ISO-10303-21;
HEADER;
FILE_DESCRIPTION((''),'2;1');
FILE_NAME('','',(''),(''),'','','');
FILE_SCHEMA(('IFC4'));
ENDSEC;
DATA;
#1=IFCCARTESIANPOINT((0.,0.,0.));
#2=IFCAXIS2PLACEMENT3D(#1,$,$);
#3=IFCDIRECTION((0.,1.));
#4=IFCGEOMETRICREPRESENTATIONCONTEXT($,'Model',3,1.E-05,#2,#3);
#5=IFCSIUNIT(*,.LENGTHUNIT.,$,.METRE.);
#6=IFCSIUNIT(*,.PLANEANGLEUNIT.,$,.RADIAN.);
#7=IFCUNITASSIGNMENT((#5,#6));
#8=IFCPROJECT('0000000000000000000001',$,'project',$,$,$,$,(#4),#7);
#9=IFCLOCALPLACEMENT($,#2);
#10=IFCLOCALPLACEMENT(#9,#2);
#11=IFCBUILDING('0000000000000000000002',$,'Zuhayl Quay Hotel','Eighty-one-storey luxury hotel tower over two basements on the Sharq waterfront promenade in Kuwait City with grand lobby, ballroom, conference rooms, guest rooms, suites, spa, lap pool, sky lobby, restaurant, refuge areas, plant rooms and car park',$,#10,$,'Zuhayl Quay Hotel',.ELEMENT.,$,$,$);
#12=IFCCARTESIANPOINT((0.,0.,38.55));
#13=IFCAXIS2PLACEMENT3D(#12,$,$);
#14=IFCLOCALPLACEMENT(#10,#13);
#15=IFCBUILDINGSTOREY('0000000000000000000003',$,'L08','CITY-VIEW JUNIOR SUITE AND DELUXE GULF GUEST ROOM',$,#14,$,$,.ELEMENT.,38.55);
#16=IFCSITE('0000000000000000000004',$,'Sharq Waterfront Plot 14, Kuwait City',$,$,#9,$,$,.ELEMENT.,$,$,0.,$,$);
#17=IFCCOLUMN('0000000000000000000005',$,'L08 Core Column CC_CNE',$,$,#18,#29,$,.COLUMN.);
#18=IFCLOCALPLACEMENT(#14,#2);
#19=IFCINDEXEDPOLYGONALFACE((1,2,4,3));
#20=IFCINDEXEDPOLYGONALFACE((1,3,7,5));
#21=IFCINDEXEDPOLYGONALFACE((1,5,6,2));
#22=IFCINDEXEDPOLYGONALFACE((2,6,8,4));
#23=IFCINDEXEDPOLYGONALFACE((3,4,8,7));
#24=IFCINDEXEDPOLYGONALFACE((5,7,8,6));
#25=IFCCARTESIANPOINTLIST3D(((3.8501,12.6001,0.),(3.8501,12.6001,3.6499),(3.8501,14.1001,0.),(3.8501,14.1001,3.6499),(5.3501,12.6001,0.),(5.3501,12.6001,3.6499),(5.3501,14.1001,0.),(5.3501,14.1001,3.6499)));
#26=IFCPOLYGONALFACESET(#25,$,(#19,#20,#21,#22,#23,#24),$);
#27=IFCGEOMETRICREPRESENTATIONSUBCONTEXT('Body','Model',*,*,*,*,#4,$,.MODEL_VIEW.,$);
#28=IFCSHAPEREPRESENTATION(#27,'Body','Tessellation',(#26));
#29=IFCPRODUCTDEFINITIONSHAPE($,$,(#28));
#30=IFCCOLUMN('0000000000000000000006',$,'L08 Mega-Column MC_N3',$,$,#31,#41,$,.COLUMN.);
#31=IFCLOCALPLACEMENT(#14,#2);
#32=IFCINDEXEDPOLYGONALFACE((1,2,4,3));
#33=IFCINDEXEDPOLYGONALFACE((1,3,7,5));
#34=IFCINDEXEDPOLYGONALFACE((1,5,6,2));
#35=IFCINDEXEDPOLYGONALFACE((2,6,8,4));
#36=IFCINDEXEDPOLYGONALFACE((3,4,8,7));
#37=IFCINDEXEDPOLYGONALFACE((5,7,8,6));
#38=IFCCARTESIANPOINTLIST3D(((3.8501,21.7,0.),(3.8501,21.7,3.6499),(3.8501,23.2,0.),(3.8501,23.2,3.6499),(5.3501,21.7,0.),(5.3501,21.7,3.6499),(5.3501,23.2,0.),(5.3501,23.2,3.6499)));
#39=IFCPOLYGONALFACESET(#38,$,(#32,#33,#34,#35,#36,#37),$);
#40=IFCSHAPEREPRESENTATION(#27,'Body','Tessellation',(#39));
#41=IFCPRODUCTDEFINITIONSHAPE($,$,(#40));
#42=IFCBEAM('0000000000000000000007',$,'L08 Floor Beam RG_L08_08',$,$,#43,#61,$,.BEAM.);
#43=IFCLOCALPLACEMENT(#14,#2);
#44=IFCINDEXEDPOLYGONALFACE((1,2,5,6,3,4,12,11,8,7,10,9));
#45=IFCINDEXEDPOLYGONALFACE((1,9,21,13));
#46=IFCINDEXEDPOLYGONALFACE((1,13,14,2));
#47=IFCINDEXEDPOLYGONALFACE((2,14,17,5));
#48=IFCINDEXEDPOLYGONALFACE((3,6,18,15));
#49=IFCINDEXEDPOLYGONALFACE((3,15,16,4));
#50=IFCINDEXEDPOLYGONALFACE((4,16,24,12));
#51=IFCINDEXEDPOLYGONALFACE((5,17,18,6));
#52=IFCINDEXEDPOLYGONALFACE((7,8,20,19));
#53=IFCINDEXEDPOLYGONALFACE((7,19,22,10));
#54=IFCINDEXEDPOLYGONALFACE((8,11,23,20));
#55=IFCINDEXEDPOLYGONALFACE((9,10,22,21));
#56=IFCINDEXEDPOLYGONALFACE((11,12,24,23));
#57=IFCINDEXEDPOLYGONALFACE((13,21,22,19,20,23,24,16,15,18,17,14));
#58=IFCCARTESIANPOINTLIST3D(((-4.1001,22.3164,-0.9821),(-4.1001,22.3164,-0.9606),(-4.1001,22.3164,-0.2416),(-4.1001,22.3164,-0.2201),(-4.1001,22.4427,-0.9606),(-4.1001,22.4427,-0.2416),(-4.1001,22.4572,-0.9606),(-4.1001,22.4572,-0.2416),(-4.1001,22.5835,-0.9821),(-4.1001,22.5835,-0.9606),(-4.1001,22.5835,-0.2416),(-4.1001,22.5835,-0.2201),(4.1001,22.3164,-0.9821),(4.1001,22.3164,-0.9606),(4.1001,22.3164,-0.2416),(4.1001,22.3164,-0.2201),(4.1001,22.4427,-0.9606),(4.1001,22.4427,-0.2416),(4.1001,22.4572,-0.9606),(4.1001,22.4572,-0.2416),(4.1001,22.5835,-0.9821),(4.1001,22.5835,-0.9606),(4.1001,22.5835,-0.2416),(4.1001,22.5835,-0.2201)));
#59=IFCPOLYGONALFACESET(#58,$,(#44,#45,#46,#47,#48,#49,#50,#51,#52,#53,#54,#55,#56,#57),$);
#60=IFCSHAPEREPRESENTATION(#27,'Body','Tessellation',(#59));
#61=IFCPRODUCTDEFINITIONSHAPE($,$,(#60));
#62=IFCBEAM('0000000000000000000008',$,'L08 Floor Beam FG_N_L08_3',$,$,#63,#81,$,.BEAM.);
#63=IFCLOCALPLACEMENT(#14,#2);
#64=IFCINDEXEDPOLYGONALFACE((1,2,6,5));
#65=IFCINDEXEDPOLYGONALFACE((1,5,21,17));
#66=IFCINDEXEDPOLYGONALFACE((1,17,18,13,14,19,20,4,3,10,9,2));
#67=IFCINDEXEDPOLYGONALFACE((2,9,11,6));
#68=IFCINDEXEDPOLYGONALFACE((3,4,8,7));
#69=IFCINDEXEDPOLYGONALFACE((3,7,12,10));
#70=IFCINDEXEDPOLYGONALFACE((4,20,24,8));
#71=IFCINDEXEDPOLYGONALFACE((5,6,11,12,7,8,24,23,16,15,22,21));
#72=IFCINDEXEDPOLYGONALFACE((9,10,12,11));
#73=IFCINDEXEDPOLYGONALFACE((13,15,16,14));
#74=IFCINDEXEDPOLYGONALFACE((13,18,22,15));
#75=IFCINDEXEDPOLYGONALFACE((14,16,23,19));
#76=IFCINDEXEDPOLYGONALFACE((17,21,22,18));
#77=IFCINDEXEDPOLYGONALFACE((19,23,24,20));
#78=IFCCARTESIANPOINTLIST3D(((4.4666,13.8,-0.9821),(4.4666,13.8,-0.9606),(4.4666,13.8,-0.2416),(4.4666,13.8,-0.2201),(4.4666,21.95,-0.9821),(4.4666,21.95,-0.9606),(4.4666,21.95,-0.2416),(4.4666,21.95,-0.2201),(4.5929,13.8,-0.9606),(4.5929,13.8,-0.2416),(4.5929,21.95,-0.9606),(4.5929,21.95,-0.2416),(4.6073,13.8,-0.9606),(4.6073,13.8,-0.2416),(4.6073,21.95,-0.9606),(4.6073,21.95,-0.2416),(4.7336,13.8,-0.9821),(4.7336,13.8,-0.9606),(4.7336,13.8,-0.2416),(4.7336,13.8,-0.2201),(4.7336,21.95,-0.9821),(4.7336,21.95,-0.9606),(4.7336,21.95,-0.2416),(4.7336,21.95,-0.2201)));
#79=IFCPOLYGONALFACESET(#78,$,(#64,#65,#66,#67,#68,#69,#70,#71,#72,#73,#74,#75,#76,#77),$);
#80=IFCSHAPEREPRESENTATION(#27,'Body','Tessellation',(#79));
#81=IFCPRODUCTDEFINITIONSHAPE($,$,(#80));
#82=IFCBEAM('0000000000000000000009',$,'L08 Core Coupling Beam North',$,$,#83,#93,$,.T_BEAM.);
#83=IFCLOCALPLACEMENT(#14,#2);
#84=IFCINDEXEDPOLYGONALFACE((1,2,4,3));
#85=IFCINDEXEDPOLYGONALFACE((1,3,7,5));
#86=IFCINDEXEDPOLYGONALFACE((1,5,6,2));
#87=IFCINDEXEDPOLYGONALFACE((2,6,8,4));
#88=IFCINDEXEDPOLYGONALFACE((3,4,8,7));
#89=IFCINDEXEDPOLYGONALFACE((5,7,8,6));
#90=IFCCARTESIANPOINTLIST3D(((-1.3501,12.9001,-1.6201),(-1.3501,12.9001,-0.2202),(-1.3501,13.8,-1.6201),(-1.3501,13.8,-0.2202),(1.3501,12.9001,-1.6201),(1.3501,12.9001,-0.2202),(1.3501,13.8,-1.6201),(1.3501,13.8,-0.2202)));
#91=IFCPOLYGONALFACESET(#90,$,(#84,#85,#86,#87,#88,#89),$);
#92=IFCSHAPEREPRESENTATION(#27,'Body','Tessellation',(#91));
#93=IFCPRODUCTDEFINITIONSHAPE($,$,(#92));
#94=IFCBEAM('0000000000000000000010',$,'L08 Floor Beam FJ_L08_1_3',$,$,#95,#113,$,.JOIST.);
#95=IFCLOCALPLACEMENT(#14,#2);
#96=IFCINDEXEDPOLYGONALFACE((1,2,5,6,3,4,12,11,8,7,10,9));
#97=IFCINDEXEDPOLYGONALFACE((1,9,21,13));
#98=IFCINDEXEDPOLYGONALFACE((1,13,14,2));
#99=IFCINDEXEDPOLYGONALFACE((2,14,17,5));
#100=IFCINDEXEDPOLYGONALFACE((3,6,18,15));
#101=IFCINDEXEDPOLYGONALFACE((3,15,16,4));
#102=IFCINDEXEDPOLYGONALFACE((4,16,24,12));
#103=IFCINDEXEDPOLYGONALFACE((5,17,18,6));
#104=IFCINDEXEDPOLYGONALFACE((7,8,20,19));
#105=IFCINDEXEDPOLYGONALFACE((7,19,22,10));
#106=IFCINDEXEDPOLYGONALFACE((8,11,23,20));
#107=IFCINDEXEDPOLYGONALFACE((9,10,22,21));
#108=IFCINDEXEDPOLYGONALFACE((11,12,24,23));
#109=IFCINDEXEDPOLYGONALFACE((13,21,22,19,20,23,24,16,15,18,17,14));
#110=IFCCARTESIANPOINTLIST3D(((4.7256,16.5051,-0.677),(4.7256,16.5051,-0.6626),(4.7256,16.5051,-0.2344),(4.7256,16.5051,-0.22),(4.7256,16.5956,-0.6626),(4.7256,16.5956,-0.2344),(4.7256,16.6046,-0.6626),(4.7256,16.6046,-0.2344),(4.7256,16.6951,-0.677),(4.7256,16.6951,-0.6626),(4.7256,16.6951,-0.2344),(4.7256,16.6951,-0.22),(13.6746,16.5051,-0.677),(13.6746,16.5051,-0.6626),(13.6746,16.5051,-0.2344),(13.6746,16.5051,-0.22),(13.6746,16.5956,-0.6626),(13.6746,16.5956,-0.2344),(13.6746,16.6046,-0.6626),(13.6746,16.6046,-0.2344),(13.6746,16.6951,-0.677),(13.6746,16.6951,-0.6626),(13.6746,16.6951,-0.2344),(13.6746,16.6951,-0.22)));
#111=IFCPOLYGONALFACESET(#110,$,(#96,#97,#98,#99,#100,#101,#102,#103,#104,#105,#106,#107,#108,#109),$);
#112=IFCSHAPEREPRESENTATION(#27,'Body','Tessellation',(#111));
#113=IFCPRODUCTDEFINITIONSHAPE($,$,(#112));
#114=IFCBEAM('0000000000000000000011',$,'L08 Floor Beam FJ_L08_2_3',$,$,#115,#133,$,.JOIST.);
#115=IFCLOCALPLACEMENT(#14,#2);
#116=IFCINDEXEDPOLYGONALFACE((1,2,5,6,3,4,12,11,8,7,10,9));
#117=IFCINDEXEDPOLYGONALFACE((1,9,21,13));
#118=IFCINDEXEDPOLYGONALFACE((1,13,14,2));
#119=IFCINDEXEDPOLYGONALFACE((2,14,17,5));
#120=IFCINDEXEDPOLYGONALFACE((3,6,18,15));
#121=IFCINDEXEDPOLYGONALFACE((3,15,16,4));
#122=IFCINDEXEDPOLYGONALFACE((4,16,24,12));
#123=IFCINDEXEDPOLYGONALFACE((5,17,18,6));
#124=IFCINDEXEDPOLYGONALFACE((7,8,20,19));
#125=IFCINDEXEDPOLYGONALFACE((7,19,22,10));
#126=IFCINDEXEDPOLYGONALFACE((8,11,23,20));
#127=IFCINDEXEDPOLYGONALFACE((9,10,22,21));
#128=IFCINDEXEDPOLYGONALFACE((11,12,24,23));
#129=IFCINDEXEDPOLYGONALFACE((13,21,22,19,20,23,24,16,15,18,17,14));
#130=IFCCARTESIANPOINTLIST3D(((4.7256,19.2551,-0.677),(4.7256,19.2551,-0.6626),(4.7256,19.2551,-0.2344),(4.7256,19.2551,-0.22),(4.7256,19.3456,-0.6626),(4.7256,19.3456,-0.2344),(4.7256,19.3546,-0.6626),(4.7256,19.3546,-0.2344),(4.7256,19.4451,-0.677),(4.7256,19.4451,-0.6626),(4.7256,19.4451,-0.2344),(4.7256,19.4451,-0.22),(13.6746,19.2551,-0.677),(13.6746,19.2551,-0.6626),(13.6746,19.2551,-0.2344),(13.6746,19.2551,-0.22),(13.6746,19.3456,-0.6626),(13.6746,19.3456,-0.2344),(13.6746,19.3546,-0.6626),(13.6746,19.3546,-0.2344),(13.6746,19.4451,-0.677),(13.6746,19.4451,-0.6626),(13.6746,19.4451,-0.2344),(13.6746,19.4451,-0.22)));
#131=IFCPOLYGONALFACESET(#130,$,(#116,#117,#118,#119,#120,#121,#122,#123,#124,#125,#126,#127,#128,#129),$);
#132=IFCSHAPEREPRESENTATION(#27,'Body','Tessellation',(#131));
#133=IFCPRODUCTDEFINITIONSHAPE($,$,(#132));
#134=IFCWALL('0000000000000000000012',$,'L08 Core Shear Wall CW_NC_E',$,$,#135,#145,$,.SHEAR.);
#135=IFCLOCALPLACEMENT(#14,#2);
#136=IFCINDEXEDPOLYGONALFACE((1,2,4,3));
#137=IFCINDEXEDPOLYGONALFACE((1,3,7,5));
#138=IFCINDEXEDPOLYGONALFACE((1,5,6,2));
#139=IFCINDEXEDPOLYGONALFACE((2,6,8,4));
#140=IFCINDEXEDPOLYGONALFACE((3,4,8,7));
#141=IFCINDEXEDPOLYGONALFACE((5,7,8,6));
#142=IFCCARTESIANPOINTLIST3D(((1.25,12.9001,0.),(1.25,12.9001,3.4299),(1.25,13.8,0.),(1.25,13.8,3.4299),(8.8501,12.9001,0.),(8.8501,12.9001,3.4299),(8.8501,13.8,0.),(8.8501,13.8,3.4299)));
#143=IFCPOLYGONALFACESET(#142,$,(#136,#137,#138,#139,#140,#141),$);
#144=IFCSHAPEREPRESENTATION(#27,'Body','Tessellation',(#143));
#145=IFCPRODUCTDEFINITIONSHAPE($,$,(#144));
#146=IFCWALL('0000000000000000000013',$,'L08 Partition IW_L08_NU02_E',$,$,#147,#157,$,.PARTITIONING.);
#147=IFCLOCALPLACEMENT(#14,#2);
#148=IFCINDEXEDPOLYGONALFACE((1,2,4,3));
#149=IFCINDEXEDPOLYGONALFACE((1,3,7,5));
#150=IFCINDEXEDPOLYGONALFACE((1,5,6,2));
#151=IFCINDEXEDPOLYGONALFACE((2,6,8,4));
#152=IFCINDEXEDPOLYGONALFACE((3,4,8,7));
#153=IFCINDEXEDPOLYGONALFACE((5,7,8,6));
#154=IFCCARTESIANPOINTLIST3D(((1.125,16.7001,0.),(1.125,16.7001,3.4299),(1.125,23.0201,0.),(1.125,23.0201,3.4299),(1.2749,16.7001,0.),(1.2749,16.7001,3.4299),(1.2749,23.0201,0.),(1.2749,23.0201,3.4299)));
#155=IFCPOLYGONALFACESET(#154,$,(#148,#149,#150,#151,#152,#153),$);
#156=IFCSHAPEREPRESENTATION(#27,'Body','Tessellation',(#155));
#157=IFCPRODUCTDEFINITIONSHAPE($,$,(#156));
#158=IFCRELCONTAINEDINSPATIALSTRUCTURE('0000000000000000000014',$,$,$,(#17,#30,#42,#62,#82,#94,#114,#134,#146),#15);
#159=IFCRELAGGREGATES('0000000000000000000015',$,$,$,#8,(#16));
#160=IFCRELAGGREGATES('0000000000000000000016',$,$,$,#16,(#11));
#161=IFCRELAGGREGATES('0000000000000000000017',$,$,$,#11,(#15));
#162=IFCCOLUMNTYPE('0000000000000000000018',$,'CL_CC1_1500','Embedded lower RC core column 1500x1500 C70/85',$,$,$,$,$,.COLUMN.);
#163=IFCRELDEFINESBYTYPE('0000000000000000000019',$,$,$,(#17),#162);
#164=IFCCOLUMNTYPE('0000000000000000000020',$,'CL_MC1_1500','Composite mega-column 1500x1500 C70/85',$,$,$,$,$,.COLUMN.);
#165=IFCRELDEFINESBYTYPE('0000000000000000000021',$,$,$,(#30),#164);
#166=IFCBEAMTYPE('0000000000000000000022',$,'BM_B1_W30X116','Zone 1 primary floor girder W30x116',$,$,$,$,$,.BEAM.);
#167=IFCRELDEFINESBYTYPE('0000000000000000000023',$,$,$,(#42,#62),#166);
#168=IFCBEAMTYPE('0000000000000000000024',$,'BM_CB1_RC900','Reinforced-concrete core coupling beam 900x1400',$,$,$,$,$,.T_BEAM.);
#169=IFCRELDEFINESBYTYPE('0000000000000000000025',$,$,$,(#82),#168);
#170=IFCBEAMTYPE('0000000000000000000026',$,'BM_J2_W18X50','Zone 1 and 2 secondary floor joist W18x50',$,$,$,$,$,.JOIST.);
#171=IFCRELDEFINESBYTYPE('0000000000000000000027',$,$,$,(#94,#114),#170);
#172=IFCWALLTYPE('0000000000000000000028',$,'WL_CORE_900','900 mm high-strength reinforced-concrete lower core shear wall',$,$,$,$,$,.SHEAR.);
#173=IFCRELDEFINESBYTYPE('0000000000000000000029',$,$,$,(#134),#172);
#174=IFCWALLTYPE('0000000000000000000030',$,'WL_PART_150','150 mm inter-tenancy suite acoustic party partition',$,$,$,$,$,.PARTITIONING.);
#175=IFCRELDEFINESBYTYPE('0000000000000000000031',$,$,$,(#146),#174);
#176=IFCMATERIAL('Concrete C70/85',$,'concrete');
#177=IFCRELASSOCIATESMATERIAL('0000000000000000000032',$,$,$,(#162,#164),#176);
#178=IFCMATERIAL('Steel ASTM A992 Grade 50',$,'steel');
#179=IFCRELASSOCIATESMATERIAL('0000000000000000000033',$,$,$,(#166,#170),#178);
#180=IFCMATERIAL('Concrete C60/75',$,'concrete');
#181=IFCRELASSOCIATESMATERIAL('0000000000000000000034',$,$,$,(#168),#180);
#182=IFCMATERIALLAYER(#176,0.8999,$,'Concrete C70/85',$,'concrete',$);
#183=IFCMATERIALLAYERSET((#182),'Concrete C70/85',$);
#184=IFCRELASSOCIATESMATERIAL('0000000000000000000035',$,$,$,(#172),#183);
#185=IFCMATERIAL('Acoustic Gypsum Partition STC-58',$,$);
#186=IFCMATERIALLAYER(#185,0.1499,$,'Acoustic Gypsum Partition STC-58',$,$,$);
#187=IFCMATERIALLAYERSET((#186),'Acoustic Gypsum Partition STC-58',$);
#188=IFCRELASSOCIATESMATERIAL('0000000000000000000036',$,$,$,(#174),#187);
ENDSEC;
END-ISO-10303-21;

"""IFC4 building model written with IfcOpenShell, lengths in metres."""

from ifc_helpers import new_model, si_unit, direction, frame, frame_2d, origin, origin_2d, place, context, subcontext, project, spatial, rectangle, i_section, extrude, material, layer, layer_set, material_profile, profile_set, type_object, element, save


model = new_model("IFC4")

# Units and contexts
model_context = context("Model", 3, precision=1e-05, world=origin(), true_north=direction((0.0, 1.0)))
body_context = subcontext(model_context, "Body", "Model", "MODEL_VIEW")
ifc_project = project(units=[si_unit("LENGTHUNIT", "METRE"), si_unit("PLANEANGLEUNIT", "RADIAN")], contexts=[model_context])

# Site, building, storey
site_placement = place(None, origin())
site = spatial("IfcSite", under=ifc_project, at=site_placement, Name="Sharq Waterfront Plot 14, Kuwait City", CompositionType="ELEMENT", RefElevation=0.0)
building_placement = place(site_placement, origin())
building = spatial("IfcBuilding", under=site, at=building_placement, Name="Zuhayl Quay Hotel", Description="Eighty-one-storey luxury hotel tower over two basements on the Sharq waterfront promenade in Kuwait City with grand lobby, ballroom, conference rooms, guest rooms, suites, spa, lap pool, sky lobby, restaurant, refuge areas, plant rooms and car park", LongName="Zuhayl Quay Hotel", CompositionType="ELEMENT")
storey_placement = place(building_placement, frame((0.0, 0.0, 38.55)))
storey = spatial("IfcBuildingStorey", under=building, at=storey_placement, Name="L08", Description="CITY-VIEW JUNIOR SUITE AND DELUXE GULF GUEST ROOM", CompositionType="ELEMENT", Elevation=38.55)

# Columns
ifc_material_1 = material(Name="Concrete C70/85", Category="concrete")
ifc_material_profile_1 = material_profile(ifc_material_1, rectangle(XDim=1.5, YDim=1.5, at=origin_2d()), Name="RC1500X1500")
ifc_profile_set_1 = profile_set([ifc_material_profile_1], Name="Concrete C70/85")
column_type_1 = type_object("IfcColumnType", Name="CL_CC1_1500", Description="Embedded lower RC core column 1500x1500 C70/85", PredefinedType="COLUMN", material=ifc_profile_set_1)
column_1_placement = place(storey_placement, frame((4.6001, 13.3501, 0.0), z_axis=(0.0, 0.0, 1.0), x_axis=(1.0, 0.0, 0.0)))
element("IfcColumn", 1, at=column_1_placement, inside=storey, type_object=column_type_1, Name="L08 Core Column CC_CNE", PredefinedType="COLUMN", context=body_context, shape_type="SweptSolid", body=[
    extrude(rectangle(XDim=1.5, YDim=1.5, at=origin_2d()), origin(), (0.0, 0.0, 1.0), 3.6499),
])
ifc_material_profile_2 = material_profile(ifc_material_1, rectangle(XDim=1.5, YDim=1.5, at=origin_2d()), Name="RC1500X1500")
ifc_profile_set_2 = profile_set([ifc_material_profile_2], Name="Concrete C70/85")
column_type_2 = type_object("IfcColumnType", Name="CL_MC1_1500", Description="Composite mega-column 1500x1500 C70/85", PredefinedType="COLUMN", material=ifc_profile_set_2)
column_2_placement = place(storey_placement, frame((4.6001, 22.45, 0.0), z_axis=(0.0, 0.0, 1.0), x_axis=(1.0, 0.0, 0.0)))
element("IfcColumn", 2, at=column_2_placement, inside=storey, type_object=column_type_2, Name="L08 Mega-Column MC_N3", PredefinedType="COLUMN", context=body_context, shape_type="SweptSolid", body=[
    extrude(rectangle(XDim=1.5, YDim=1.5, at=origin_2d()), origin(), (0.0, 0.0, 1.0), 3.6499),
])

# Beams
ifc_material_2 = material(Name="Steel ASTM A992 Grade 50", Category="steel")
ifc_material_profile_3 = material_profile(ifc_material_2, i_section(OverallWidth=0.2671, OverallDepth=0.762, WebThickness=0.0144, FlangeThickness=0.0215, at=origin_2d()), Name="W30X116")
ifc_profile_set_3 = profile_set([ifc_material_profile_3], Name="Steel ASTM A992 Grade 50")
beam_type_1 = type_object("IfcBeamType", Name="BM_B1_W30X116", Description="Zone 1 primary floor girder W30x116", PredefinedType="BEAM", material=ifc_profile_set_3)
beam_1_placement = place(storey_placement, frame((4.1001, 22.45, -0.6011), z_axis=(-1.0, 0.0, 0.0), x_axis=(0.0, -1.0, 0.0)))
element("IfcBeam", 3, at=beam_1_placement, inside=storey, type_object=beam_type_1, Name="L08 Floor Beam RG_L08_08", PredefinedType="BEAM", context=body_context, shape_type="SweptSolid", body=[
    extrude(i_section(OverallWidth=0.2671, OverallDepth=0.762, WebThickness=0.0144, FlangeThickness=0.0215, at=origin_2d()), origin(), (0.0, 0.0, 1.0), 8.2002),
])
beam_2_placement = place(storey_placement, frame((4.6001, 13.8, -0.6011), z_axis=(0.0, 1.0, 0.0), x_axis=(-1.0, 0.0, 0.0)))
element("IfcBeam", 4, at=beam_2_placement, inside=storey, type_object=beam_type_1, Name="L08 Floor Beam FG_N_L08_3", PredefinedType="BEAM", context=body_context, shape_type="SweptSolid", body=[
    extrude(i_section(OverallWidth=0.2671, OverallDepth=0.762, WebThickness=0.0144, FlangeThickness=0.0215, at=origin_2d()), origin(), (0.0, 0.0, 1.0), 8.1499),
])
ifc_material_3 = material(Name="Concrete C60/75", Category="concrete")
ifc_material_profile_4 = material_profile(ifc_material_3, rectangle(XDim=0.8999, YDim=1.3999, at=origin_2d()), Name="RC900X1400")
ifc_profile_set_4 = profile_set([ifc_material_profile_4], Name="Concrete C60/75")
beam_type_2 = type_object("IfcBeamType", Name="BM_CB1_RC900", Description="Reinforced-concrete core coupling beam 900x1400", PredefinedType="T_BEAM", material=ifc_profile_set_4)
beam_3_placement = place(storey_placement, frame((-1.3501, 13.3501, -0.9202), z_axis=(1.0, 0.0, 0.0), x_axis=(0.0, 1.0, 0.0)))
element("IfcBeam", 5, at=beam_3_placement, inside=storey, type_object=beam_type_2, Name="L08 Core Coupling Beam North", PredefinedType="T_BEAM", context=body_context, shape_type="SweptSolid", body=[
    extrude(rectangle(XDim=0.8999, YDim=1.3999, at=origin_2d()), origin(), (0.0, 0.0, 1.0), 2.7002),
])
ifc_material_profile_5 = material_profile(ifc_material_2, i_section(OverallWidth=0.1899, OverallDepth=0.457, WebThickness=0.009, FlangeThickness=0.0144, at=origin_2d()), Name="W18X50")
ifc_profile_set_5 = profile_set([ifc_material_profile_5], Name="Steel ASTM A992 Grade 50")
beam_type_3 = type_object("IfcBeamType", Name="BM_J2_W18X50", Description="Zone 1 and 2 secondary floor joist W18x50", PredefinedType="JOIST", material=ifc_profile_set_5)
for number, where, z_axis, x_axis, name in (
    (6, (4.7256, 16.6001, -0.4485), (1.0, 0.0, 0.0), (0.0, 1.0, 0.0), "L08 Floor Beam FJ_L08_1_3"),
    (7, (4.7256, 19.3501, -0.4485), (1.0, 0.0, 0.0), (0.0, 1.0, 0.0), "L08 Floor Beam FJ_L08_2_3"),
):
    element("IfcBeam", number, at=place(storey_placement, frame(where, z_axis=z_axis, x_axis=x_axis)), inside=storey, type_object=beam_type_3, Name=name, PredefinedType="JOIST", context=body_context, shape_type="SweptSolid", body=[
        extrude(i_section(OverallWidth=0.1899, OverallDepth=0.457, WebThickness=0.009, FlangeThickness=0.0144, at=origin_2d()), origin(), (0.0, 0.0, 1.0), 8.949),
    ])

# Wall
ifc_layer_1 = layer(ifc_material_1, 0.8999, Name="Concrete C70/85", Category="concrete")
ifc_layer_set_1 = layer_set([ifc_layer_1], Name="Concrete C70/85")
wall_type_1 = type_object("IfcWallType", Name="WL_CORE_900", Description="900 mm high-strength reinforced-concrete lower core shear wall", PredefinedType="SHEAR", material=ifc_layer_set_1)
wall_1_placement = place(storey_placement, frame((1.25, 13.3501, 0.0), z_axis=(0.0, 0.0, 1.0), x_axis=(1.0, 0.0, 0.0)))
element("IfcWall", 8, at=wall_1_placement, inside=storey, type_object=wall_type_1, Name="L08 Core Shear Wall CW_NC_E", PredefinedType="SHEAR", context=body_context, shape_type="SweptSolid", body=[
    extrude(rectangle(XDim=7.6001, YDim=0.8999, at=frame_2d((3.8, 0.0))), origin(), (0.0, 0.0, 1.0), 3.4299),
])

# Shared definitions
ifc_material_4 = material(Name="Acoustic Gypsum Partition STC-58")
ifc_layer_2 = layer(ifc_material_4, 0.1499, Name="Acoustic Gypsum Partition STC-58")
ifc_layer_set_2 = layer_set([ifc_layer_2], Name="Acoustic Gypsum Partition STC-58")
wall_type_2 = type_object("IfcWallType", Name="WL_PART_150", Description="150 mm inter-tenancy suite acoustic party partition", PredefinedType="PARTITIONING", material=ifc_layer_set_2)

# Wall
wall_2_placement = place(storey_placement, frame((1.2, 16.7, 0.0), z_axis=(0.0, 0.0, 1.0), x_axis=(0.0, 1.0, 0.0)))
element("IfcWall", 9, at=wall_2_placement, inside=storey, type_object=wall_type_2, Name="L08 Partition IW_L08_NU02_E", PredefinedType="PARTITIONING", context=body_context, shape_type="SweptSolid", body=[
    extrude(rectangle(XDim=6.3201, YDim=0.1499, at=frame_2d((3.1602, 0.0))), origin(), (0.0, 0.0, 1.0), 3.4299),
])

save(model, "model.ifc")
